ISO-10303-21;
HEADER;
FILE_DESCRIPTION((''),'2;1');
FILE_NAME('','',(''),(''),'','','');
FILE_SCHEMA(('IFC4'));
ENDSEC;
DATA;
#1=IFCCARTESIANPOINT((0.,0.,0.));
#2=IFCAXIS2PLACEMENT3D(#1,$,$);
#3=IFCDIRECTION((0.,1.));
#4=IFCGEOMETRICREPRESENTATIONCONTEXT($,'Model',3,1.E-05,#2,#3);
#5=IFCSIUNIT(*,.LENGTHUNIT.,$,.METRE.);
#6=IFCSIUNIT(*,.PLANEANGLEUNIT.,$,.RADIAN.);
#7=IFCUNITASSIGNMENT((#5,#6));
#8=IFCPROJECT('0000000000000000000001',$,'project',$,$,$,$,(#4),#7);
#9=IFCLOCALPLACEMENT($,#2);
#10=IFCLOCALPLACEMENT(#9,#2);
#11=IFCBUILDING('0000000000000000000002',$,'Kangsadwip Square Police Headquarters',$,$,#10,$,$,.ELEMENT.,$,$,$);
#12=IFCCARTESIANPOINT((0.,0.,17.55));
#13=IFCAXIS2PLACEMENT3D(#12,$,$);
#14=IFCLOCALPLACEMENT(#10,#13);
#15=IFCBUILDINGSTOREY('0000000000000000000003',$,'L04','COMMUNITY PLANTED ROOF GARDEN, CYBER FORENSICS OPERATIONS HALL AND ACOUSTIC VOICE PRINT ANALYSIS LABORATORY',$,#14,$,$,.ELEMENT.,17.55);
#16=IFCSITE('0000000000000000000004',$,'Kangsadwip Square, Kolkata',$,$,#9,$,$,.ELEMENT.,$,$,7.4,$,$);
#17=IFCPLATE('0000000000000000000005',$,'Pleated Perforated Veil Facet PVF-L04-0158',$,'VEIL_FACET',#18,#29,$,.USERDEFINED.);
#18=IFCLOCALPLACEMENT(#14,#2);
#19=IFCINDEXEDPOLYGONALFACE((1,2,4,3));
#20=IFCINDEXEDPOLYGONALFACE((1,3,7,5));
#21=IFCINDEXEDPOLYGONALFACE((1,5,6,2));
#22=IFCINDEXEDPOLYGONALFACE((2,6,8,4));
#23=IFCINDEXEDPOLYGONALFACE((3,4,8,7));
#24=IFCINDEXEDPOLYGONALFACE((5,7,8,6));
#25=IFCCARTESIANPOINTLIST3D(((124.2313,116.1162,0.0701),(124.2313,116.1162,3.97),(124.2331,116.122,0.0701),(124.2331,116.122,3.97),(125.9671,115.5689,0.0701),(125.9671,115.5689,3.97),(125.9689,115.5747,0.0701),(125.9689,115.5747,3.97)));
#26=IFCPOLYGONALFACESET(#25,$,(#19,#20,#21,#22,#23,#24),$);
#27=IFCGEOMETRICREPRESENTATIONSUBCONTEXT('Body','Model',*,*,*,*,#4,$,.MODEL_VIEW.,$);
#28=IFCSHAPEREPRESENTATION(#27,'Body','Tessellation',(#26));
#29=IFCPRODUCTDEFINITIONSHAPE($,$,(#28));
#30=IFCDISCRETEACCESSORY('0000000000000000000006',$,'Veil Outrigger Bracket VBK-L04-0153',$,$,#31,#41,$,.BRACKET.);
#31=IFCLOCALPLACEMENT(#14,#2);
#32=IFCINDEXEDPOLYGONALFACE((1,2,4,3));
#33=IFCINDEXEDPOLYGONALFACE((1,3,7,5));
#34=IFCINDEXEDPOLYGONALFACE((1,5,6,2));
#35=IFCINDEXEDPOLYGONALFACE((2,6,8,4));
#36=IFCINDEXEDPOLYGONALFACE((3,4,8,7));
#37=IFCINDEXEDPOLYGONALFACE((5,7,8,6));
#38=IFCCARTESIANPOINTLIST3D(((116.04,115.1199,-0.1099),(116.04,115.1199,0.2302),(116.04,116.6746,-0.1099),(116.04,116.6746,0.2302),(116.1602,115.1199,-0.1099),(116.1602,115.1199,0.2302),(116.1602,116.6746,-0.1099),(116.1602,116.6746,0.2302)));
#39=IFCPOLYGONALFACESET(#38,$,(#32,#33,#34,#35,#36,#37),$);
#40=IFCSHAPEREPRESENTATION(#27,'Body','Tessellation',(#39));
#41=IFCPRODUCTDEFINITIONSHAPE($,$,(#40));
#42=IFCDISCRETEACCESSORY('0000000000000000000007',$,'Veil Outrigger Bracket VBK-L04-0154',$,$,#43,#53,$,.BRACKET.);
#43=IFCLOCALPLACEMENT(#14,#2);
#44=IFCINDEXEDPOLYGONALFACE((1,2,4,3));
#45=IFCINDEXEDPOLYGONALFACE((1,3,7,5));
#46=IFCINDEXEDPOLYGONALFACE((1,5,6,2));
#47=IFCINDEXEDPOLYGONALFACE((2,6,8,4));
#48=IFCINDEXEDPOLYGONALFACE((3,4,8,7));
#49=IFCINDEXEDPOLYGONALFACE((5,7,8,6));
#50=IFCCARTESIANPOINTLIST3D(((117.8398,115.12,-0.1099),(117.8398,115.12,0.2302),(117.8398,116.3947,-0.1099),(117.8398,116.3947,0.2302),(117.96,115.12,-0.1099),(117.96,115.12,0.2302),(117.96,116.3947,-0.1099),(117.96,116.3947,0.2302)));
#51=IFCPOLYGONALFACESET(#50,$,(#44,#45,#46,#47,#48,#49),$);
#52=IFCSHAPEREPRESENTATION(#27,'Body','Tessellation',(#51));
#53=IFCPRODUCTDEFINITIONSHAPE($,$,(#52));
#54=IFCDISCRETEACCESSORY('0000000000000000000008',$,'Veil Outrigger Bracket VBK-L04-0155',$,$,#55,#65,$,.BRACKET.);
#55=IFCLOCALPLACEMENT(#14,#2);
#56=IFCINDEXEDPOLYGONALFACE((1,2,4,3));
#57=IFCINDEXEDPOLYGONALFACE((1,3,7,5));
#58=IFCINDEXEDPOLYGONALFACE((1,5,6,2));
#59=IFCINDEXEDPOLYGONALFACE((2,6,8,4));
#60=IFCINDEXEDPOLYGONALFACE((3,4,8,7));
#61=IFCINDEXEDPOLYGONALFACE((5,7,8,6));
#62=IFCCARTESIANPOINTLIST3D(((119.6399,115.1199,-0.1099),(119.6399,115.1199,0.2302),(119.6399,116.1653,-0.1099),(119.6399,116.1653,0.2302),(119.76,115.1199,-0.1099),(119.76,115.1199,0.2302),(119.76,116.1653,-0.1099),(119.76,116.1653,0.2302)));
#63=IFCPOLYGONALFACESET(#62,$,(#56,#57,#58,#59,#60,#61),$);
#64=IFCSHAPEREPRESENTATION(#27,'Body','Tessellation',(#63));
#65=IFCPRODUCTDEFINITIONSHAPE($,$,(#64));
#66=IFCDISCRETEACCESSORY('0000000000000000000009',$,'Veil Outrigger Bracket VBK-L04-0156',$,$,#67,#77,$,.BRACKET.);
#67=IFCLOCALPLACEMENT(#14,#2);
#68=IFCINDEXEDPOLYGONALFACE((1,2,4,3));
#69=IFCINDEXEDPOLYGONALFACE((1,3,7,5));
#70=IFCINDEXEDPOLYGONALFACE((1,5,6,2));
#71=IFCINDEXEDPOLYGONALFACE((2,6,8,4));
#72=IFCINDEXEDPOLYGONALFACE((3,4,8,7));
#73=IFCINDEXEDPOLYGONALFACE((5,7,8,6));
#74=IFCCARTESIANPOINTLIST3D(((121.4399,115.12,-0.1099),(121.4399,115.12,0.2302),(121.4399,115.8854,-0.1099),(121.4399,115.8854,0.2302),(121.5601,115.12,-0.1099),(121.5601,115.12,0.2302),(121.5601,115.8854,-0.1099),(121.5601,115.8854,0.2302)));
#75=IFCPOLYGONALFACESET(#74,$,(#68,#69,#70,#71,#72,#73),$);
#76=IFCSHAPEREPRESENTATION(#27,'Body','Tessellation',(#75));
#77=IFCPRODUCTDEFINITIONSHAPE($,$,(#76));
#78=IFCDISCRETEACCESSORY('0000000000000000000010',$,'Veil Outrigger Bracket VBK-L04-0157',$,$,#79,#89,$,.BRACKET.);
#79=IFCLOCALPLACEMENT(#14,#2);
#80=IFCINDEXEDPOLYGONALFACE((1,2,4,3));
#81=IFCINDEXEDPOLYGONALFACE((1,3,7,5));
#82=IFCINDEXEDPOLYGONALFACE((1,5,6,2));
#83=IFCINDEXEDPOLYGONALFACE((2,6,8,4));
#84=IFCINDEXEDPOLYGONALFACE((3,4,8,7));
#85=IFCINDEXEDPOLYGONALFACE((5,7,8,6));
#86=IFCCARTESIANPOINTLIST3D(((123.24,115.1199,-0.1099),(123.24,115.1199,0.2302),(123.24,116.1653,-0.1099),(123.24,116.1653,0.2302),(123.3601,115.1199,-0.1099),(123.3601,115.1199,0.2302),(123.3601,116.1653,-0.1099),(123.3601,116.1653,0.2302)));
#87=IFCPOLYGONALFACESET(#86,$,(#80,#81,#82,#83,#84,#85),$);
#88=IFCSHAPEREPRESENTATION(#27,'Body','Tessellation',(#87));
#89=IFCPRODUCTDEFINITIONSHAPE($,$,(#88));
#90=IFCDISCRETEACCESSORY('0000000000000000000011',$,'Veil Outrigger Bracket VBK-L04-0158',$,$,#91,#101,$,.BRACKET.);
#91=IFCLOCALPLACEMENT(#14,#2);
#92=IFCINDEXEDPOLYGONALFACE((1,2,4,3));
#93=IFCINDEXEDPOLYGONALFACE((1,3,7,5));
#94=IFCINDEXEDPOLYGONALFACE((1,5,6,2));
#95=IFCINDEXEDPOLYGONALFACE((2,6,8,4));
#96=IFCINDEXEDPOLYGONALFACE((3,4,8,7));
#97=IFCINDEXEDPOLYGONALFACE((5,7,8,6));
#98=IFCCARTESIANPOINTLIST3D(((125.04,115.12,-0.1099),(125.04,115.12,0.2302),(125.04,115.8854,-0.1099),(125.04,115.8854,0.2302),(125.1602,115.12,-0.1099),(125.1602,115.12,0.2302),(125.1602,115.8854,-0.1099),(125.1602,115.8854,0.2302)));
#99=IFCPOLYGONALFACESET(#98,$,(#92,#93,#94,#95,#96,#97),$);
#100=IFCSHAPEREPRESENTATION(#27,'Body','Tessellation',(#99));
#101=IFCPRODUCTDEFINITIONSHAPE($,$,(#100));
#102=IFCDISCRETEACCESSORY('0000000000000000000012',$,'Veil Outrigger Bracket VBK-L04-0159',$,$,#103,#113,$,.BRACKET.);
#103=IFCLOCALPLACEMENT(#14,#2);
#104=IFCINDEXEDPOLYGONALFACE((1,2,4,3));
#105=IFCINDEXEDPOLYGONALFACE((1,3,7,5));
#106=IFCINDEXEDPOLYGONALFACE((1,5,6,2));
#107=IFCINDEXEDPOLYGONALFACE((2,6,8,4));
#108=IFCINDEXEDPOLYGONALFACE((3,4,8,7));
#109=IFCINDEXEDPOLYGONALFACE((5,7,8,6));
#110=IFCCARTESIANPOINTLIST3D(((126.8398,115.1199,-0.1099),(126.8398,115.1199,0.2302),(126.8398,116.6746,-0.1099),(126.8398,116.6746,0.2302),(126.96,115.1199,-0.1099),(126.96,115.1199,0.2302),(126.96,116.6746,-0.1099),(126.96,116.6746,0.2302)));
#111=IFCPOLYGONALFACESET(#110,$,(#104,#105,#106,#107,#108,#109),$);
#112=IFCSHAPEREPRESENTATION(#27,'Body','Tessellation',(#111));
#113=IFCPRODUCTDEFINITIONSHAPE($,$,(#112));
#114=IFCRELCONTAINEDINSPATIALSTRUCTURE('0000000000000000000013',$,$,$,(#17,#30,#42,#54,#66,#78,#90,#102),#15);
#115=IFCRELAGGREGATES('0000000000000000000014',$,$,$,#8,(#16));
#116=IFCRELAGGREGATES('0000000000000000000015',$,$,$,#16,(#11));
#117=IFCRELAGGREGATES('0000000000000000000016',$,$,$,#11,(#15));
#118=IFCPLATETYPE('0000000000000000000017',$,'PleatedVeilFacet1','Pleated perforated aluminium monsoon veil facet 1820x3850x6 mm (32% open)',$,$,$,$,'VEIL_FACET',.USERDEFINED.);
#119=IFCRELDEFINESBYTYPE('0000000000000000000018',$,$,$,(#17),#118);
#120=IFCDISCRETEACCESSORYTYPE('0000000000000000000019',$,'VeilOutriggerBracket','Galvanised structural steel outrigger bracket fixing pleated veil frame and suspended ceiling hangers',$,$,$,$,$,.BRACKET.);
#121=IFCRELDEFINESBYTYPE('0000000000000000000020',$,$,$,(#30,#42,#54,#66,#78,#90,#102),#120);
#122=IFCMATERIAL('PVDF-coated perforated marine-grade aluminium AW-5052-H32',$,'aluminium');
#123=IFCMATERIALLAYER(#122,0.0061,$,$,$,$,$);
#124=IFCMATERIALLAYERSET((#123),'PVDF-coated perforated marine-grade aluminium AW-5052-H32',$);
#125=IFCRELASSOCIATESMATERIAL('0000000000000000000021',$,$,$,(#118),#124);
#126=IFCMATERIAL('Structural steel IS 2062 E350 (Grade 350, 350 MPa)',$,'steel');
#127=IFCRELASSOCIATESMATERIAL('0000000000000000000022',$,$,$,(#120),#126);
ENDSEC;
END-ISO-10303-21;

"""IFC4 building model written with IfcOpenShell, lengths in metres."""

from ifc_helpers import new_model, si_unit, direction, frame, origin, origin_2d, place, context, subcontext, project, spatial, rectangle, extrude, material, layer, layer_set, type_object, element, save


model = new_model("IFC4")

# Units and contexts
model_context = context("Model", 3, precision=1e-05, world=origin(), true_north=direction((0.0, 1.0)))
body_context = subcontext(model_context, "Body", "Model", "MODEL_VIEW")
ifc_project = project(units=[si_unit("LENGTHUNIT", "METRE"), si_unit("PLANEANGLEUNIT", "RADIAN")], contexts=[model_context])

# Site, building, storey
site_placement = place(None, origin())
site = spatial("IfcSite", under=ifc_project, at=site_placement, Name="Kangsadwip Square, Kolkata", CompositionType="ELEMENT", RefElevation=7.4)
building_placement = place(site_placement, origin())
building = spatial("IfcBuilding", under=site, at=building_placement, Name="Kangsadwip Square Police Headquarters", CompositionType="ELEMENT")
storey_placement = place(building_placement, frame((0.0, 0.0, 17.55)))
storey = spatial("IfcBuildingStorey", under=building, at=storey_placement, Name="L04", Description="COMMUNITY PLANTED ROOF GARDEN, CYBER FORENSICS OPERATIONS HALL AND ACOUSTIC VOICE PRINT ANALYSIS LABORATORY", CompositionType="ELEMENT", Elevation=17.55)

# Plate
ifc_material_1 = material(Name="PVDF-coated perforated marine-grade aluminium AW-5052-H32", Category="aluminium")
ifc_layer_1 = layer(ifc_material_1, 0.0061)
ifc_layer_set_1 = layer_set([ifc_layer_1], Name="PVDF-coated perforated marine-grade aluminium AW-5052-H32")
plate_type_1 = type_object("IfcPlateType", Name="PleatedVeilFacet1", Description="Pleated perforated aluminium monsoon veil facet 1820x3850x6 mm (32% open)", ElementType="VEIL_FACET", PredefinedType="USERDEFINED", material=ifc_layer_set_1)
for number, where, z_axis, x_axis, name in (
    (1, (125.1001, 115.8455, 0.0701), (0.0, 0.0, 1.0), (0.953717, -0.300706, 0.0), "Pleated Perforated Veil Facet PVF-L04-0158"),
):
    element("IfcPlate", number, at=place(storey_placement, frame(where, z_axis=z_axis, x_axis=x_axis)), inside=storey, type_object=plate_type_1, Name=name, ObjectType="VEIL_FACET", PredefinedType="USERDEFINED", context=body_context, shape_type="SweptSolid", body=[
        extrude(rectangle(XDim=1.8201, YDim=0.0061, at=origin_2d()), origin(), (0.0, 0.0, 1.0), 3.8999),
    ])

# Discrete accessories
ifc_material_2 = material(Name="Structural steel IS 2062 E350 (Grade 350, 350 MPa)", Category="steel")
discrete_accessory_type = type_object("IfcDiscreteAccessoryType", Name="VeilOutriggerBracket", Description="Galvanised structural steel outrigger bracket fixing pleated veil frame and suspended ceiling hangers", PredefinedType="BRACKET", material=ifc_material_2)
discrete_accessory_1_placement = place(storey_placement, frame((116.1001, 115.8972, -0.1099), z_axis=(0.0, 0.0, 1.0), x_axis=(1.0, 0.0, 0.0)))
element("IfcDiscreteAccessory", 2, at=discrete_accessory_1_placement, inside=storey, type_object=discrete_accessory_type, Name="Veil Outrigger Bracket VBK-L04-0153", PredefinedType="BRACKET", context=body_context, shape_type="SweptSolid", body=[
    extrude(rectangle(XDim=0.1201, YDim=1.5547, at=origin_2d()), origin(), (0.0, 0.0, 1.0), 0.3401),
])
discrete_accessory_2_placement = place(storey_placement, frame((117.8999, 115.7573, -0.1099), z_axis=(0.0, 0.0, 1.0), x_axis=(1.0, 0.0, 0.0)))
element("IfcDiscreteAccessory", 3, at=discrete_accessory_2_placement, inside=storey, type_object=discrete_accessory_type, Name="Veil Outrigger Bracket VBK-L04-0154", PredefinedType="BRACKET", context=body_context, shape_type="SweptSolid", body=[
    extrude(rectangle(XDim=0.1201, YDim=1.2747, at=origin_2d()), origin(), (0.0, 0.0, 1.0), 0.3401),
])
discrete_accessory_3_placement = place(storey_placement, frame((119.7, 115.6426, -0.1099), z_axis=(0.0, 0.0, 1.0), x_axis=(1.0, 0.0, 0.0)))
element("IfcDiscreteAccessory", 4, at=discrete_accessory_3_placement, inside=storey, type_object=discrete_accessory_type, Name="Veil Outrigger Bracket VBK-L04-0155", PredefinedType="BRACKET", context=body_context, shape_type="SweptSolid", body=[
    extrude(rectangle(XDim=0.1201, YDim=1.0454, at=origin_2d()), origin(), (0.0, 0.0, 1.0), 0.3401),
])
discrete_accessory_4_placement = place(storey_placement, frame((121.5, 115.5027, -0.1099), z_axis=(0.0, 0.0, 1.0), x_axis=(1.0, 0.0, 0.0)))
element("IfcDiscreteAccessory", 5, at=discrete_accessory_4_placement, inside=storey, type_object=discrete_accessory_type, Name="Veil Outrigger Bracket VBK-L04-0156", PredefinedType="BRACKET", context=body_context, shape_type="SweptSolid", body=[
    extrude(rectangle(XDim=0.1201, YDim=0.7654, at=origin_2d()), origin(), (0.0, 0.0, 1.0), 0.3401),
])
discrete_accessory_5_placement = place(storey_placement, frame((123.3, 115.6426, -0.1099), z_axis=(0.0, 0.0, 1.0), x_axis=(1.0, 0.0, 0.0)))
element("IfcDiscreteAccessory", 6, at=discrete_accessory_5_placement, inside=storey, type_object=discrete_accessory_type, Name="Veil Outrigger Bracket VBK-L04-0157", PredefinedType="BRACKET", context=body_context, shape_type="SweptSolid", body=[
    extrude(rectangle(XDim=0.1201, YDim=1.0454, at=origin_2d()), origin(), (0.0, 0.0, 1.0), 0.3401),
])
discrete_accessory_6_placement = place(storey_placement, frame((125.1001, 115.5027, -0.1099), z_axis=(0.0, 0.0, 1.0), x_axis=(1.0, 0.0, 0.0)))
element("IfcDiscreteAccessory", 7, at=discrete_accessory_6_placement, inside=storey, type_object=discrete_accessory_type, Name="Veil Outrigger Bracket VBK-L04-0158", PredefinedType="BRACKET", context=body_context, shape_type="SweptSolid", body=[
    extrude(rectangle(XDim=0.1201, YDim=0.7654, at=origin_2d()), origin(), (0.0, 0.0, 1.0), 0.3401),
])
discrete_accessory_7_placement = place(storey_placement, frame((126.8999, 115.8972, -0.1099), z_axis=(0.0, 0.0, 1.0), x_axis=(1.0, 0.0, 0.0)))
element("IfcDiscreteAccessory", 8, at=discrete_accessory_7_placement, inside=storey, type_object=discrete_accessory_type, Name="Veil Outrigger Bracket VBK-L04-0159", PredefinedType="BRACKET", context=body_context, shape_type="SweptSolid", body=[
    extrude(rectangle(XDim=0.1201, YDim=1.5547, at=origin_2d()), origin(), (0.0, 0.0, 1.0), 0.3401),
])

save(model, "model.ifc")
